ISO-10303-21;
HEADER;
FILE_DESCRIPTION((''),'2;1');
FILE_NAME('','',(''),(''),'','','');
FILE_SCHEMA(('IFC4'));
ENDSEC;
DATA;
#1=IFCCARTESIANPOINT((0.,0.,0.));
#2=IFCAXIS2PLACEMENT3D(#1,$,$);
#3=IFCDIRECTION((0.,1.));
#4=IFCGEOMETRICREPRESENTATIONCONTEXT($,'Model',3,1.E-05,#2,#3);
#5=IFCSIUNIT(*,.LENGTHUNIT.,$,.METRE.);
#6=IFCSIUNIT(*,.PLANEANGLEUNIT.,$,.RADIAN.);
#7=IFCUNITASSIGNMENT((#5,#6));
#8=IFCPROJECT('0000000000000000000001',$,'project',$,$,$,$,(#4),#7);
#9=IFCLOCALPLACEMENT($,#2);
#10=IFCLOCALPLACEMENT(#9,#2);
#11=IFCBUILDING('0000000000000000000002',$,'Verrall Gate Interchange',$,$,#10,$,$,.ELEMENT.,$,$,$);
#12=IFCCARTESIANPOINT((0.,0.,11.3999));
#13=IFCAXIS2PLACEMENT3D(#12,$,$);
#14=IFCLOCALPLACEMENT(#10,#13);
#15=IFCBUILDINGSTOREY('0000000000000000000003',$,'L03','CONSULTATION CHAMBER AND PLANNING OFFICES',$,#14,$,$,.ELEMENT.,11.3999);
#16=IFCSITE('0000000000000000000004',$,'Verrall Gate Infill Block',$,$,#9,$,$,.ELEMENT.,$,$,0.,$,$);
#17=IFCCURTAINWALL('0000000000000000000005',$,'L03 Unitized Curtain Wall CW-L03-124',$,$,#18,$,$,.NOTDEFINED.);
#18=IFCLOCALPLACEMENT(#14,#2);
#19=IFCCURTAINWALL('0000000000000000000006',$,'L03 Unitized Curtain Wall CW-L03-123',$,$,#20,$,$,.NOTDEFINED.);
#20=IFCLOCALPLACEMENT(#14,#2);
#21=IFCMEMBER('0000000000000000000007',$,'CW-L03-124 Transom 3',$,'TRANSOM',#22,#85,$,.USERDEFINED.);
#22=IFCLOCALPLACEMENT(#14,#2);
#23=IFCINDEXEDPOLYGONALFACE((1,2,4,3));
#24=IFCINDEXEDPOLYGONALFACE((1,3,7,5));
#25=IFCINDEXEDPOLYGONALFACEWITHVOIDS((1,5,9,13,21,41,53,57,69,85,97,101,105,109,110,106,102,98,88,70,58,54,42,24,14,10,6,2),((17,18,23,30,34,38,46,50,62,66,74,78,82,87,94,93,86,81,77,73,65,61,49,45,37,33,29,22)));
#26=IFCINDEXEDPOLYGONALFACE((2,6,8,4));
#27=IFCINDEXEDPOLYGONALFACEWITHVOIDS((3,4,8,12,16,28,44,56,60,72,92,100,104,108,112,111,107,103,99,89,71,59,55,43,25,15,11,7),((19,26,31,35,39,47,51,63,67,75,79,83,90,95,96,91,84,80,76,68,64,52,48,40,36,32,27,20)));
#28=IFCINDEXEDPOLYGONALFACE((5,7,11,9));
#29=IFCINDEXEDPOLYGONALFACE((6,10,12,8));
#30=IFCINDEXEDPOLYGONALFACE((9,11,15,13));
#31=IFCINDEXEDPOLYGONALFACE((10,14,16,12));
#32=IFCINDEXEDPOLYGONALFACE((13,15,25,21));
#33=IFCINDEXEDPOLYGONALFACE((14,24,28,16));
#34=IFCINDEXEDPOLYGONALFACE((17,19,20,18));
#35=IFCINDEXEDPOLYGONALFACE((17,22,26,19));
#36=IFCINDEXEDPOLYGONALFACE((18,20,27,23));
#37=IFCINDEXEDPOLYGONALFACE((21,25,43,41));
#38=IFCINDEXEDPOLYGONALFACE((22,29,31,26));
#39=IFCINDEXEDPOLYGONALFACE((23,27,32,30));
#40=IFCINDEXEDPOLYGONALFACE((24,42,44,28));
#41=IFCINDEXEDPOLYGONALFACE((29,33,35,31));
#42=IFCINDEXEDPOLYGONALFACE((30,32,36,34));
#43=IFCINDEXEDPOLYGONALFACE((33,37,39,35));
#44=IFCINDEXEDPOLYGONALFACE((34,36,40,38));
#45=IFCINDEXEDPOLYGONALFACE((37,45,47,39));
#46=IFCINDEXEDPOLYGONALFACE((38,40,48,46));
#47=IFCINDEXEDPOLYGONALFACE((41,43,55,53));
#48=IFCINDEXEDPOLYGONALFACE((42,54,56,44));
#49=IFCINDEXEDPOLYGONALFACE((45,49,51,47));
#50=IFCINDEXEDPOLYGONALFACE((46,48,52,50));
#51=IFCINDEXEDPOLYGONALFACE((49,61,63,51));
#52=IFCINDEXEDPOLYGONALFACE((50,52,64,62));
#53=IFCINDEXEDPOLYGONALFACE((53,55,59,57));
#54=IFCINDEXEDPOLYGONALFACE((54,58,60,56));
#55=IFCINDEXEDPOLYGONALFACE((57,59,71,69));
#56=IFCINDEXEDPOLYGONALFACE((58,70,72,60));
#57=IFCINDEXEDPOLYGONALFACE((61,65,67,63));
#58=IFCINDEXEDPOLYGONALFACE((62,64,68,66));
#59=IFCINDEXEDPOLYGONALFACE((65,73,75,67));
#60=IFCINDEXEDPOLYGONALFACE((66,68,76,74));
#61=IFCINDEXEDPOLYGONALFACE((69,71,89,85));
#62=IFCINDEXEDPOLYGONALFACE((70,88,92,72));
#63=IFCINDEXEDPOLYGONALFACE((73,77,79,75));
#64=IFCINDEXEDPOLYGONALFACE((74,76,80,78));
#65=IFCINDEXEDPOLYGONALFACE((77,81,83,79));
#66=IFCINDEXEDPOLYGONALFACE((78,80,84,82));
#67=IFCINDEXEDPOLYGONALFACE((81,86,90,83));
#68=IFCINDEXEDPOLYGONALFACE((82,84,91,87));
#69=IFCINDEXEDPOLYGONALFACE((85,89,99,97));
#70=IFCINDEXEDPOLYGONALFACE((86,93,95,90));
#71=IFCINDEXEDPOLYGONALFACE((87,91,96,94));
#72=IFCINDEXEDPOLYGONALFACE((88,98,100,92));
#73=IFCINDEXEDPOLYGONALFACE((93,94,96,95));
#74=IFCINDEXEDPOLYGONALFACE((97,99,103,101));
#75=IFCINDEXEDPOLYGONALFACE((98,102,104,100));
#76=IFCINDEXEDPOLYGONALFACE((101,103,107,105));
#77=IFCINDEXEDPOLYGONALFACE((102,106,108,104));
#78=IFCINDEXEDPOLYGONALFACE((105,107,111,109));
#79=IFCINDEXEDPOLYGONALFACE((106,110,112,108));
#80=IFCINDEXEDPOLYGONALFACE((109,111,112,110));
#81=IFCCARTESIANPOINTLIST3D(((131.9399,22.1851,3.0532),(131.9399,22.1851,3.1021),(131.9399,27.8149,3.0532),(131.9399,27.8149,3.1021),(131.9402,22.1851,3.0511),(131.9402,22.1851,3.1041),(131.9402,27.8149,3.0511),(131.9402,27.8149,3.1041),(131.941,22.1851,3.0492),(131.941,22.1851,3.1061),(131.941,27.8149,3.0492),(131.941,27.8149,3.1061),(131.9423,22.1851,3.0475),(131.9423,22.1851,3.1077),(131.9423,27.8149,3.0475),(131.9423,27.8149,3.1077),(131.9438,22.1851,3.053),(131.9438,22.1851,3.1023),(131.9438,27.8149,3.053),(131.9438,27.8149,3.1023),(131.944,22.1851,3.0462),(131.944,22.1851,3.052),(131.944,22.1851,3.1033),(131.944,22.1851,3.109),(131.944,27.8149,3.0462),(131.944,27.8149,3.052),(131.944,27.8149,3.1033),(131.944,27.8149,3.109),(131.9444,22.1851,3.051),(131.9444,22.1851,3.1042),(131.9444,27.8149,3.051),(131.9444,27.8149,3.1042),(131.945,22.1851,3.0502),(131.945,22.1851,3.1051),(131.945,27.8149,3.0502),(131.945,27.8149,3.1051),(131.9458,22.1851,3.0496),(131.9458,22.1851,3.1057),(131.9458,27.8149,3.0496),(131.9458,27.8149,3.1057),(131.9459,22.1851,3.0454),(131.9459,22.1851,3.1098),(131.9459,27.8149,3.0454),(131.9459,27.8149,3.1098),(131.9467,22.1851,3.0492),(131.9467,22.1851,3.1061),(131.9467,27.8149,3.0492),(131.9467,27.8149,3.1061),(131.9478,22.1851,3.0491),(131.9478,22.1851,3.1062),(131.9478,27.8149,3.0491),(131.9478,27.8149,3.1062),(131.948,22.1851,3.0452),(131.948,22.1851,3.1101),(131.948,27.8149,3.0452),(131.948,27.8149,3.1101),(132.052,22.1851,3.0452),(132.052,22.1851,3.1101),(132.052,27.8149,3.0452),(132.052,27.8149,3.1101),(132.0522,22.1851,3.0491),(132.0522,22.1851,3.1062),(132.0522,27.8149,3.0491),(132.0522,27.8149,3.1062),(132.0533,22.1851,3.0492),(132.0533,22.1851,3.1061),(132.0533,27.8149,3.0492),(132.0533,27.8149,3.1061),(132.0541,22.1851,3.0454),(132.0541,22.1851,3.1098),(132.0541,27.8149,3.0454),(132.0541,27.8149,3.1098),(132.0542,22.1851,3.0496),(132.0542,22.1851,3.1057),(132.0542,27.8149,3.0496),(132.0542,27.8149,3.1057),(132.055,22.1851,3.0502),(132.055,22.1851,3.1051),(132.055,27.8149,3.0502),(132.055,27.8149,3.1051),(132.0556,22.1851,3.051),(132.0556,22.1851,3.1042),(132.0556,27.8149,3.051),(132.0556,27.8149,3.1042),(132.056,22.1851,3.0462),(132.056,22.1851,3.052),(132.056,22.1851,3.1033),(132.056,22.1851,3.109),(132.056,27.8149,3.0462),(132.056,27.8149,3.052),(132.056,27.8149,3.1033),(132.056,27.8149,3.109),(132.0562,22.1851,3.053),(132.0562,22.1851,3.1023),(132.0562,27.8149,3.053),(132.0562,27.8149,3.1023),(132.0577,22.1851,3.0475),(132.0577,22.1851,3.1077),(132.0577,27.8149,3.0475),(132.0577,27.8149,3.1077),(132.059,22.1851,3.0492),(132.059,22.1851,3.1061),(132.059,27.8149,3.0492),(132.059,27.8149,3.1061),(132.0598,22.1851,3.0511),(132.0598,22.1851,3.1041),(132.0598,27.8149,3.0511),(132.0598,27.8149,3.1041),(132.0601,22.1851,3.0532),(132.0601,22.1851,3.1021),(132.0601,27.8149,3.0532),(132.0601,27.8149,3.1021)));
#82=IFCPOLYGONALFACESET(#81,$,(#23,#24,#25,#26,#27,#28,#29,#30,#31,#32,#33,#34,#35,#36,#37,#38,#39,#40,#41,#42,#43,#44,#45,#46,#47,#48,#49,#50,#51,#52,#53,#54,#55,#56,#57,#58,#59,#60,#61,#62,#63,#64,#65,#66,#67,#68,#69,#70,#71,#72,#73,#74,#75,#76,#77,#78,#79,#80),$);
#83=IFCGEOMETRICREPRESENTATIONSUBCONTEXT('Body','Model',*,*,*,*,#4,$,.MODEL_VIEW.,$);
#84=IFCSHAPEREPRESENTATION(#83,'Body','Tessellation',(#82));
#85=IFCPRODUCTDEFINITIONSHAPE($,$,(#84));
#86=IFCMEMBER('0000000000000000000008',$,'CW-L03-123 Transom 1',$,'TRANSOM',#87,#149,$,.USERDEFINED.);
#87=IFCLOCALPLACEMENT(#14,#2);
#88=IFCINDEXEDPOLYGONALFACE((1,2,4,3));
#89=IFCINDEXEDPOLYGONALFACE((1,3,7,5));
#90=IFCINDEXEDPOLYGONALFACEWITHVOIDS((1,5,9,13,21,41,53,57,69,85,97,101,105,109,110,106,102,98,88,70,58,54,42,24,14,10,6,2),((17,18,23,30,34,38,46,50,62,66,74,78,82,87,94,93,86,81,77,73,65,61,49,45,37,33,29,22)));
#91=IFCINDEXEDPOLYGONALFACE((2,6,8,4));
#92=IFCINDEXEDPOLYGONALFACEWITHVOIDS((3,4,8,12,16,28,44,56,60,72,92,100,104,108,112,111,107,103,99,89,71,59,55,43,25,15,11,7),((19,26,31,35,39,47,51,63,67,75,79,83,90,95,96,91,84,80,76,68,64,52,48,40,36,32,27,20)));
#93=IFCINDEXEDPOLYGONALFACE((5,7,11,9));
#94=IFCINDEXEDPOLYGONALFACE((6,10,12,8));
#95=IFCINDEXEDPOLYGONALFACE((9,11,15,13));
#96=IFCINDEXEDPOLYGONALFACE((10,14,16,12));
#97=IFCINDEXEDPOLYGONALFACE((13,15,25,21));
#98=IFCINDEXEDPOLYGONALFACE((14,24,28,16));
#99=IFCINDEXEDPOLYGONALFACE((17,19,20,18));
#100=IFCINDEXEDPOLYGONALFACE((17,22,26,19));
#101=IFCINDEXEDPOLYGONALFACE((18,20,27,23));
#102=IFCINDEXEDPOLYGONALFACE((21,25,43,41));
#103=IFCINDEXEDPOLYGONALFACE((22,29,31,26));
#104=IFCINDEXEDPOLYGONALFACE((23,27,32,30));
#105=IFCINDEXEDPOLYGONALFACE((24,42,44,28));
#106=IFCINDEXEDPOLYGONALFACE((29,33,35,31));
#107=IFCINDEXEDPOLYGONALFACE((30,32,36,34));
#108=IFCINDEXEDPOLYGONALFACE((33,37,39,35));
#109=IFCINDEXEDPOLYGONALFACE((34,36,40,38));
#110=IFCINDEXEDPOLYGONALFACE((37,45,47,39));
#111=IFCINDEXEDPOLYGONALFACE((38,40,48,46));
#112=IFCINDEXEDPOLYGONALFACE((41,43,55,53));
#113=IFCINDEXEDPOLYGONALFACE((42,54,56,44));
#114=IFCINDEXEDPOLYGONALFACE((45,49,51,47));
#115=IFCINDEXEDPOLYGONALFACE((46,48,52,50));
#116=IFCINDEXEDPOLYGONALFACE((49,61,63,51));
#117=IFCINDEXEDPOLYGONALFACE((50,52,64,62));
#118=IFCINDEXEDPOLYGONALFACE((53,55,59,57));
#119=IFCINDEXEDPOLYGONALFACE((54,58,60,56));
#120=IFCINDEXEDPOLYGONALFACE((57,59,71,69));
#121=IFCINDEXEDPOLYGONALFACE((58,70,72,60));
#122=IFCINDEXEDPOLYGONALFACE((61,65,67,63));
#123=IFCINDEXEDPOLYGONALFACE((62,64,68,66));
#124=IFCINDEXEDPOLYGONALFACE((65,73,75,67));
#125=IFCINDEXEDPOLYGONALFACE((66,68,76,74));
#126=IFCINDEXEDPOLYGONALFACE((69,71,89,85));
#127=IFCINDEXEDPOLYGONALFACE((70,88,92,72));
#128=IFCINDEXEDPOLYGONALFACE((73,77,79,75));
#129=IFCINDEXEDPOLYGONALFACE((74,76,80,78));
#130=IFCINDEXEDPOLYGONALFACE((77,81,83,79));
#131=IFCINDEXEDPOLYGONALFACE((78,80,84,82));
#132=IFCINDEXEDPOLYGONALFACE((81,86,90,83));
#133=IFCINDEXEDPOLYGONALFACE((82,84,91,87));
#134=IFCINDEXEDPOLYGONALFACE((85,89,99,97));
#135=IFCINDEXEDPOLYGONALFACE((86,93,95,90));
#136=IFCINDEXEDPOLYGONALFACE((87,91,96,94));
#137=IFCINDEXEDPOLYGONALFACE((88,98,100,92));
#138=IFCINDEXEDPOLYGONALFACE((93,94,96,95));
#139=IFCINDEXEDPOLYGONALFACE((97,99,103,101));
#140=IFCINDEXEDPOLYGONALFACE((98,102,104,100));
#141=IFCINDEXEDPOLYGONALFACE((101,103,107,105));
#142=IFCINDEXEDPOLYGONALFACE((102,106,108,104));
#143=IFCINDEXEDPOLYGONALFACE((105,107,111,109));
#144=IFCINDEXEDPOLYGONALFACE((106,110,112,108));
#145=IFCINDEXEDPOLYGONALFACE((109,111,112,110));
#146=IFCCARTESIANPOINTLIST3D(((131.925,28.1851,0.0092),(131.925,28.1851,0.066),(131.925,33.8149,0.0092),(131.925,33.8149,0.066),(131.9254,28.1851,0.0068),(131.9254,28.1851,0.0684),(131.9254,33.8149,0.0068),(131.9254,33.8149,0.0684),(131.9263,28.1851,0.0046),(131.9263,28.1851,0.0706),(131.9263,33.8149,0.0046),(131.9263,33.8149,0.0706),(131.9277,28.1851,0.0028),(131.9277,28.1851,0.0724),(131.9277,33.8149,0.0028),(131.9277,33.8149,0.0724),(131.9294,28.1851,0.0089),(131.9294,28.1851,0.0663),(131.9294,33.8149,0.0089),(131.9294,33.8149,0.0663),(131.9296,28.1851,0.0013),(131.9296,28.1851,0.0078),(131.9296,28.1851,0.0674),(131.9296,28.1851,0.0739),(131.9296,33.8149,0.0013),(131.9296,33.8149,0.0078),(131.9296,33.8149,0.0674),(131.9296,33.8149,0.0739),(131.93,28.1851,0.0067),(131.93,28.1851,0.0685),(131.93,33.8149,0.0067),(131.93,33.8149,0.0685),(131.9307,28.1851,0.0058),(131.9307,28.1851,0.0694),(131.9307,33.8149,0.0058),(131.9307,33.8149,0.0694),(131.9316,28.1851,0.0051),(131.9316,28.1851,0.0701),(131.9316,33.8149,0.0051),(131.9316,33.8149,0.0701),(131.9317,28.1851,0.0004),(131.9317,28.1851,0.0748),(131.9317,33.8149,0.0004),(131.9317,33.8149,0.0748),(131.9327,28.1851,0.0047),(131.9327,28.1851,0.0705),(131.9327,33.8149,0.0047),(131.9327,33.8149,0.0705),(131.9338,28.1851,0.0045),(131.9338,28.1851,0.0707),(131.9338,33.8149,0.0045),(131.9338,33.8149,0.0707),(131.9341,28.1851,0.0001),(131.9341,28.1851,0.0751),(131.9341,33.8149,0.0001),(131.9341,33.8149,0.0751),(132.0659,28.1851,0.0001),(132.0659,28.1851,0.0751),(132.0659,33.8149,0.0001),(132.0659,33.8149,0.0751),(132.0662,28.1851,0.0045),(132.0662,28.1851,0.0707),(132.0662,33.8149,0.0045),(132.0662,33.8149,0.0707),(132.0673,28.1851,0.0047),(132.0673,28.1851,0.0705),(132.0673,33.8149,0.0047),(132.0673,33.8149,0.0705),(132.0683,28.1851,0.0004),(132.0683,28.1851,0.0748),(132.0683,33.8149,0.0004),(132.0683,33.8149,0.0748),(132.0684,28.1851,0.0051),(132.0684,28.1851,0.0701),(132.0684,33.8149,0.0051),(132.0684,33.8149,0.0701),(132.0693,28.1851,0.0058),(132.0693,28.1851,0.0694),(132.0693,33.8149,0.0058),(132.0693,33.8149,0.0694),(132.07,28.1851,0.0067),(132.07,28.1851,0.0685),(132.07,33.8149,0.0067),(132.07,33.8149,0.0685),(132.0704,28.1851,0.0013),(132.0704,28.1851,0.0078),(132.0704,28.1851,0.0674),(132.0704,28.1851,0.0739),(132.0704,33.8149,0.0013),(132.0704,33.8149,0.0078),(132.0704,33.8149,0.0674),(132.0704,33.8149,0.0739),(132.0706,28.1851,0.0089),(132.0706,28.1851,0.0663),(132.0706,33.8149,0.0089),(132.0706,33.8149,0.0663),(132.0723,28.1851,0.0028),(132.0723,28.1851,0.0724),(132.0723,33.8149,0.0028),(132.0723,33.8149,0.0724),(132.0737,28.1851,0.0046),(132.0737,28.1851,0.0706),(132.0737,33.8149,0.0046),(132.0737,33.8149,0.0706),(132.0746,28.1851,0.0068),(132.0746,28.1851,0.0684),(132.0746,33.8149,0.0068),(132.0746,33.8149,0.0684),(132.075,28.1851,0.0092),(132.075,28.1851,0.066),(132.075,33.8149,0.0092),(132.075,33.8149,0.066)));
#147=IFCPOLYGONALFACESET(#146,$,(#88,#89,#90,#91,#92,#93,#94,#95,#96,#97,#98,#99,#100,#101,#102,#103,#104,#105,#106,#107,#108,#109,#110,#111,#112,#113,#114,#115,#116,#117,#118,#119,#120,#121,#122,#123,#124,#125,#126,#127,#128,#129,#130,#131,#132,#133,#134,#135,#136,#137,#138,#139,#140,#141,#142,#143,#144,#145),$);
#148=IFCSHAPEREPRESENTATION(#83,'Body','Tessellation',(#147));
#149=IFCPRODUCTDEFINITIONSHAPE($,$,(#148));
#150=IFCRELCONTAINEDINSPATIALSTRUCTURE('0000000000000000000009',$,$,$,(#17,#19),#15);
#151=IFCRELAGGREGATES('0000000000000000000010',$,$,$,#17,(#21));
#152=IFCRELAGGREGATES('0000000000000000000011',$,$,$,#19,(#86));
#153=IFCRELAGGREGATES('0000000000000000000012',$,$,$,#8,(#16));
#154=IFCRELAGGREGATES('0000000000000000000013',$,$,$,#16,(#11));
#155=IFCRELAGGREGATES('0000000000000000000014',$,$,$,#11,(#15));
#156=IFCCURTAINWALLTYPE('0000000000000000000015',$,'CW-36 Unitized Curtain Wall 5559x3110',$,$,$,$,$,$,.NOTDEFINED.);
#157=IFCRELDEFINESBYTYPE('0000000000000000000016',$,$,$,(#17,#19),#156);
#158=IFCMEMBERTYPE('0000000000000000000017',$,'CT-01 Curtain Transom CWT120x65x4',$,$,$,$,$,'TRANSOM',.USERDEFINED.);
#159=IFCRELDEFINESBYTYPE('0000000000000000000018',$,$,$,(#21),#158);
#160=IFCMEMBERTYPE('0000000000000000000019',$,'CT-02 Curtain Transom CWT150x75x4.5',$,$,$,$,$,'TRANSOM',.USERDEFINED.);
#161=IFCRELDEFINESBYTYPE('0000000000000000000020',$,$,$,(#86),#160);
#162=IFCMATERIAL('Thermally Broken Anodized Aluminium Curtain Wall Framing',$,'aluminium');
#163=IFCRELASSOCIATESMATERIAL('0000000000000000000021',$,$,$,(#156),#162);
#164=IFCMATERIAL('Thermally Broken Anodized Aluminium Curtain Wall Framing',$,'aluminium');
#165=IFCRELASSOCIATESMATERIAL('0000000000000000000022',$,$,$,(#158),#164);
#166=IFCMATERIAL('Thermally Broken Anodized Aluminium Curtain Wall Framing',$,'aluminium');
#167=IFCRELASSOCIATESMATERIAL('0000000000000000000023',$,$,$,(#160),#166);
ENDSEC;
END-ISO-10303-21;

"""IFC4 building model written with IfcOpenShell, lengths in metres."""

from ifc_helpers import new_model, si_unit, direction, frame, origin, origin_2d, place, context, subcontext, project, spatial, hollow_rectangle, extrude, material, material_profile, profile_set, type_object, element, aggregate, save


model = new_model("IFC4")

# Units and contexts
model_context = context("Model", 3, precision=1e-05, world=origin(), true_north=direction((0.0, 1.0)))
body_context = subcontext(model_context, "Body", "Model", "MODEL_VIEW")
ifc_project = project(units=[si_unit("LENGTHUNIT", "METRE"), si_unit("PLANEANGLEUNIT", "RADIAN")], contexts=[model_context])

# Site, building, storey
site_placement = place(None, origin())
site = spatial("IfcSite", under=ifc_project, at=site_placement, Name="Verrall Gate Infill Block", CompositionType="ELEMENT", RefElevation=0.0)
building_placement = place(site_placement, origin())
building = spatial("IfcBuilding", under=site, at=building_placement, Name="Verrall Gate Interchange", CompositionType="ELEMENT")
storey_placement = place(building_placement, frame((0.0, 0.0, 11.3999)))
storey = spatial("IfcBuildingStorey", under=building, at=storey_placement, Name="L03", Description="CONSULTATION CHAMBER AND PLANNING OFFICES", CompositionType="ELEMENT", Elevation=11.3999)

# Curtain wall
ifc_material_1 = material(Name="Thermally Broken Anodized Aluminium Curtain Wall Framing", Category="aluminium")
curtain_wall_type = type_object("IfcCurtainWallType", Name="CW-36 Unitized Curtain Wall 5559x3110", PredefinedType="NOTDEFINED", material=ifc_material_1)
curtain_wall_1_placement = place(storey_placement, origin())
curtain_wall_1 = element("IfcCurtainWall", 1, at=curtain_wall_1_placement, inside=storey, type_object=curtain_wall_type, Name="L03 Unitized Curtain Wall CW-L03-124", PredefinedType="NOTDEFINED")

# Curtain wall
curtain_wall_2_placement = place(storey_placement, origin())
curtain_wall_2 = element("IfcCurtainWall", 2, at=curtain_wall_2_placement, inside=storey, type_object=curtain_wall_type, Name="L03 Unitized Curtain Wall CW-L03-123", PredefinedType="NOTDEFINED")

# Members
ifc_material_2 = material(Name="Thermally Broken Anodized Aluminium Curtain Wall Framing", Category="aluminium")
ifc_material_profile_1 = material_profile(ifc_material_2, hollow_rectangle(XDim=0.1201, YDim=0.0649, WallThickness=0.0039, InnerFilletRadius=0.0039, OuterFilletRadius=0.0081, at=origin_2d()), Name="CWT120x65x4")
ifc_profile_set_1 = profile_set([ifc_material_profile_1], Name="Thermally Broken Anodized Aluminium Curtain Wall Framing")
member_type_1 = type_object("IfcMemberType", Name="CT-01 Curtain Transom CWT120x65x4", ElementType="TRANSOM", PredefinedType="USERDEFINED", material=ifc_profile_set_1)
member_1_placement = place(storey_placement, frame((132.0, 27.8149, 3.0776), z_axis=(0.0, -1.0, 0.0), x_axis=(1.0, 0.0, 0.0)))
member_1 = element("IfcMember", 3, at=member_1_placement, type_object=member_type_1, Name="CW-L03-124 Transom 3", ObjectType="TRANSOM", PredefinedType="USERDEFINED", context=body_context, shape_type="SweptSolid", body=[
    extrude(hollow_rectangle(XDim=0.1201, YDim=0.0649, WallThickness=0.0039, InnerFilletRadius=0.0039, OuterFilletRadius=0.0081, at=origin_2d()), origin(), (0.0, 0.0, 1.0), 5.6299),
])
ifc_material_3 = material(Name="Thermally Broken Anodized Aluminium Curtain Wall Framing", Category="aluminium")
ifc_material_profile_2 = material_profile(ifc_material_3, hollow_rectangle(XDim=0.1499, YDim=0.075, WallThickness=0.0044, InnerFilletRadius=0.0044, OuterFilletRadius=0.009, at=origin_2d()), Name="CWT150x75x4.5")
ifc_profile_set_2 = profile_set([ifc_material_profile_2], Name="Thermally Broken Anodized Aluminium Curtain Wall Framing")
member_type_2 = type_object("IfcMemberType", Name="CT-02 Curtain Transom CWT150x75x4.5", ElementType="TRANSOM", PredefinedType="USERDEFINED", material=ifc_profile_set_2)
member_2_placement = place(storey_placement, frame((132.0, 33.8149, 0.0376), z_axis=(0.0, -1.0, 0.0), x_axis=(1.0, 0.0, 0.0)))
member_2 = element("IfcMember", 4, at=member_2_placement, type_object=member_type_2, Name="CW-L03-123 Transom 1", ObjectType="TRANSOM", PredefinedType="USERDEFINED", context=body_context, shape_type="SweptSolid", body=[
    extrude(hollow_rectangle(XDim=0.1499, YDim=0.075, WallThickness=0.0044, InnerFilletRadius=0.0044, OuterFilletRadius=0.009, at=origin_2d()), origin(), (0.0, 0.0, 1.0), 5.6299),
])

aggregate(curtain_wall_1, [member_1])
aggregate(curtain_wall_2, [member_2])

save(model, "model.ifc")
